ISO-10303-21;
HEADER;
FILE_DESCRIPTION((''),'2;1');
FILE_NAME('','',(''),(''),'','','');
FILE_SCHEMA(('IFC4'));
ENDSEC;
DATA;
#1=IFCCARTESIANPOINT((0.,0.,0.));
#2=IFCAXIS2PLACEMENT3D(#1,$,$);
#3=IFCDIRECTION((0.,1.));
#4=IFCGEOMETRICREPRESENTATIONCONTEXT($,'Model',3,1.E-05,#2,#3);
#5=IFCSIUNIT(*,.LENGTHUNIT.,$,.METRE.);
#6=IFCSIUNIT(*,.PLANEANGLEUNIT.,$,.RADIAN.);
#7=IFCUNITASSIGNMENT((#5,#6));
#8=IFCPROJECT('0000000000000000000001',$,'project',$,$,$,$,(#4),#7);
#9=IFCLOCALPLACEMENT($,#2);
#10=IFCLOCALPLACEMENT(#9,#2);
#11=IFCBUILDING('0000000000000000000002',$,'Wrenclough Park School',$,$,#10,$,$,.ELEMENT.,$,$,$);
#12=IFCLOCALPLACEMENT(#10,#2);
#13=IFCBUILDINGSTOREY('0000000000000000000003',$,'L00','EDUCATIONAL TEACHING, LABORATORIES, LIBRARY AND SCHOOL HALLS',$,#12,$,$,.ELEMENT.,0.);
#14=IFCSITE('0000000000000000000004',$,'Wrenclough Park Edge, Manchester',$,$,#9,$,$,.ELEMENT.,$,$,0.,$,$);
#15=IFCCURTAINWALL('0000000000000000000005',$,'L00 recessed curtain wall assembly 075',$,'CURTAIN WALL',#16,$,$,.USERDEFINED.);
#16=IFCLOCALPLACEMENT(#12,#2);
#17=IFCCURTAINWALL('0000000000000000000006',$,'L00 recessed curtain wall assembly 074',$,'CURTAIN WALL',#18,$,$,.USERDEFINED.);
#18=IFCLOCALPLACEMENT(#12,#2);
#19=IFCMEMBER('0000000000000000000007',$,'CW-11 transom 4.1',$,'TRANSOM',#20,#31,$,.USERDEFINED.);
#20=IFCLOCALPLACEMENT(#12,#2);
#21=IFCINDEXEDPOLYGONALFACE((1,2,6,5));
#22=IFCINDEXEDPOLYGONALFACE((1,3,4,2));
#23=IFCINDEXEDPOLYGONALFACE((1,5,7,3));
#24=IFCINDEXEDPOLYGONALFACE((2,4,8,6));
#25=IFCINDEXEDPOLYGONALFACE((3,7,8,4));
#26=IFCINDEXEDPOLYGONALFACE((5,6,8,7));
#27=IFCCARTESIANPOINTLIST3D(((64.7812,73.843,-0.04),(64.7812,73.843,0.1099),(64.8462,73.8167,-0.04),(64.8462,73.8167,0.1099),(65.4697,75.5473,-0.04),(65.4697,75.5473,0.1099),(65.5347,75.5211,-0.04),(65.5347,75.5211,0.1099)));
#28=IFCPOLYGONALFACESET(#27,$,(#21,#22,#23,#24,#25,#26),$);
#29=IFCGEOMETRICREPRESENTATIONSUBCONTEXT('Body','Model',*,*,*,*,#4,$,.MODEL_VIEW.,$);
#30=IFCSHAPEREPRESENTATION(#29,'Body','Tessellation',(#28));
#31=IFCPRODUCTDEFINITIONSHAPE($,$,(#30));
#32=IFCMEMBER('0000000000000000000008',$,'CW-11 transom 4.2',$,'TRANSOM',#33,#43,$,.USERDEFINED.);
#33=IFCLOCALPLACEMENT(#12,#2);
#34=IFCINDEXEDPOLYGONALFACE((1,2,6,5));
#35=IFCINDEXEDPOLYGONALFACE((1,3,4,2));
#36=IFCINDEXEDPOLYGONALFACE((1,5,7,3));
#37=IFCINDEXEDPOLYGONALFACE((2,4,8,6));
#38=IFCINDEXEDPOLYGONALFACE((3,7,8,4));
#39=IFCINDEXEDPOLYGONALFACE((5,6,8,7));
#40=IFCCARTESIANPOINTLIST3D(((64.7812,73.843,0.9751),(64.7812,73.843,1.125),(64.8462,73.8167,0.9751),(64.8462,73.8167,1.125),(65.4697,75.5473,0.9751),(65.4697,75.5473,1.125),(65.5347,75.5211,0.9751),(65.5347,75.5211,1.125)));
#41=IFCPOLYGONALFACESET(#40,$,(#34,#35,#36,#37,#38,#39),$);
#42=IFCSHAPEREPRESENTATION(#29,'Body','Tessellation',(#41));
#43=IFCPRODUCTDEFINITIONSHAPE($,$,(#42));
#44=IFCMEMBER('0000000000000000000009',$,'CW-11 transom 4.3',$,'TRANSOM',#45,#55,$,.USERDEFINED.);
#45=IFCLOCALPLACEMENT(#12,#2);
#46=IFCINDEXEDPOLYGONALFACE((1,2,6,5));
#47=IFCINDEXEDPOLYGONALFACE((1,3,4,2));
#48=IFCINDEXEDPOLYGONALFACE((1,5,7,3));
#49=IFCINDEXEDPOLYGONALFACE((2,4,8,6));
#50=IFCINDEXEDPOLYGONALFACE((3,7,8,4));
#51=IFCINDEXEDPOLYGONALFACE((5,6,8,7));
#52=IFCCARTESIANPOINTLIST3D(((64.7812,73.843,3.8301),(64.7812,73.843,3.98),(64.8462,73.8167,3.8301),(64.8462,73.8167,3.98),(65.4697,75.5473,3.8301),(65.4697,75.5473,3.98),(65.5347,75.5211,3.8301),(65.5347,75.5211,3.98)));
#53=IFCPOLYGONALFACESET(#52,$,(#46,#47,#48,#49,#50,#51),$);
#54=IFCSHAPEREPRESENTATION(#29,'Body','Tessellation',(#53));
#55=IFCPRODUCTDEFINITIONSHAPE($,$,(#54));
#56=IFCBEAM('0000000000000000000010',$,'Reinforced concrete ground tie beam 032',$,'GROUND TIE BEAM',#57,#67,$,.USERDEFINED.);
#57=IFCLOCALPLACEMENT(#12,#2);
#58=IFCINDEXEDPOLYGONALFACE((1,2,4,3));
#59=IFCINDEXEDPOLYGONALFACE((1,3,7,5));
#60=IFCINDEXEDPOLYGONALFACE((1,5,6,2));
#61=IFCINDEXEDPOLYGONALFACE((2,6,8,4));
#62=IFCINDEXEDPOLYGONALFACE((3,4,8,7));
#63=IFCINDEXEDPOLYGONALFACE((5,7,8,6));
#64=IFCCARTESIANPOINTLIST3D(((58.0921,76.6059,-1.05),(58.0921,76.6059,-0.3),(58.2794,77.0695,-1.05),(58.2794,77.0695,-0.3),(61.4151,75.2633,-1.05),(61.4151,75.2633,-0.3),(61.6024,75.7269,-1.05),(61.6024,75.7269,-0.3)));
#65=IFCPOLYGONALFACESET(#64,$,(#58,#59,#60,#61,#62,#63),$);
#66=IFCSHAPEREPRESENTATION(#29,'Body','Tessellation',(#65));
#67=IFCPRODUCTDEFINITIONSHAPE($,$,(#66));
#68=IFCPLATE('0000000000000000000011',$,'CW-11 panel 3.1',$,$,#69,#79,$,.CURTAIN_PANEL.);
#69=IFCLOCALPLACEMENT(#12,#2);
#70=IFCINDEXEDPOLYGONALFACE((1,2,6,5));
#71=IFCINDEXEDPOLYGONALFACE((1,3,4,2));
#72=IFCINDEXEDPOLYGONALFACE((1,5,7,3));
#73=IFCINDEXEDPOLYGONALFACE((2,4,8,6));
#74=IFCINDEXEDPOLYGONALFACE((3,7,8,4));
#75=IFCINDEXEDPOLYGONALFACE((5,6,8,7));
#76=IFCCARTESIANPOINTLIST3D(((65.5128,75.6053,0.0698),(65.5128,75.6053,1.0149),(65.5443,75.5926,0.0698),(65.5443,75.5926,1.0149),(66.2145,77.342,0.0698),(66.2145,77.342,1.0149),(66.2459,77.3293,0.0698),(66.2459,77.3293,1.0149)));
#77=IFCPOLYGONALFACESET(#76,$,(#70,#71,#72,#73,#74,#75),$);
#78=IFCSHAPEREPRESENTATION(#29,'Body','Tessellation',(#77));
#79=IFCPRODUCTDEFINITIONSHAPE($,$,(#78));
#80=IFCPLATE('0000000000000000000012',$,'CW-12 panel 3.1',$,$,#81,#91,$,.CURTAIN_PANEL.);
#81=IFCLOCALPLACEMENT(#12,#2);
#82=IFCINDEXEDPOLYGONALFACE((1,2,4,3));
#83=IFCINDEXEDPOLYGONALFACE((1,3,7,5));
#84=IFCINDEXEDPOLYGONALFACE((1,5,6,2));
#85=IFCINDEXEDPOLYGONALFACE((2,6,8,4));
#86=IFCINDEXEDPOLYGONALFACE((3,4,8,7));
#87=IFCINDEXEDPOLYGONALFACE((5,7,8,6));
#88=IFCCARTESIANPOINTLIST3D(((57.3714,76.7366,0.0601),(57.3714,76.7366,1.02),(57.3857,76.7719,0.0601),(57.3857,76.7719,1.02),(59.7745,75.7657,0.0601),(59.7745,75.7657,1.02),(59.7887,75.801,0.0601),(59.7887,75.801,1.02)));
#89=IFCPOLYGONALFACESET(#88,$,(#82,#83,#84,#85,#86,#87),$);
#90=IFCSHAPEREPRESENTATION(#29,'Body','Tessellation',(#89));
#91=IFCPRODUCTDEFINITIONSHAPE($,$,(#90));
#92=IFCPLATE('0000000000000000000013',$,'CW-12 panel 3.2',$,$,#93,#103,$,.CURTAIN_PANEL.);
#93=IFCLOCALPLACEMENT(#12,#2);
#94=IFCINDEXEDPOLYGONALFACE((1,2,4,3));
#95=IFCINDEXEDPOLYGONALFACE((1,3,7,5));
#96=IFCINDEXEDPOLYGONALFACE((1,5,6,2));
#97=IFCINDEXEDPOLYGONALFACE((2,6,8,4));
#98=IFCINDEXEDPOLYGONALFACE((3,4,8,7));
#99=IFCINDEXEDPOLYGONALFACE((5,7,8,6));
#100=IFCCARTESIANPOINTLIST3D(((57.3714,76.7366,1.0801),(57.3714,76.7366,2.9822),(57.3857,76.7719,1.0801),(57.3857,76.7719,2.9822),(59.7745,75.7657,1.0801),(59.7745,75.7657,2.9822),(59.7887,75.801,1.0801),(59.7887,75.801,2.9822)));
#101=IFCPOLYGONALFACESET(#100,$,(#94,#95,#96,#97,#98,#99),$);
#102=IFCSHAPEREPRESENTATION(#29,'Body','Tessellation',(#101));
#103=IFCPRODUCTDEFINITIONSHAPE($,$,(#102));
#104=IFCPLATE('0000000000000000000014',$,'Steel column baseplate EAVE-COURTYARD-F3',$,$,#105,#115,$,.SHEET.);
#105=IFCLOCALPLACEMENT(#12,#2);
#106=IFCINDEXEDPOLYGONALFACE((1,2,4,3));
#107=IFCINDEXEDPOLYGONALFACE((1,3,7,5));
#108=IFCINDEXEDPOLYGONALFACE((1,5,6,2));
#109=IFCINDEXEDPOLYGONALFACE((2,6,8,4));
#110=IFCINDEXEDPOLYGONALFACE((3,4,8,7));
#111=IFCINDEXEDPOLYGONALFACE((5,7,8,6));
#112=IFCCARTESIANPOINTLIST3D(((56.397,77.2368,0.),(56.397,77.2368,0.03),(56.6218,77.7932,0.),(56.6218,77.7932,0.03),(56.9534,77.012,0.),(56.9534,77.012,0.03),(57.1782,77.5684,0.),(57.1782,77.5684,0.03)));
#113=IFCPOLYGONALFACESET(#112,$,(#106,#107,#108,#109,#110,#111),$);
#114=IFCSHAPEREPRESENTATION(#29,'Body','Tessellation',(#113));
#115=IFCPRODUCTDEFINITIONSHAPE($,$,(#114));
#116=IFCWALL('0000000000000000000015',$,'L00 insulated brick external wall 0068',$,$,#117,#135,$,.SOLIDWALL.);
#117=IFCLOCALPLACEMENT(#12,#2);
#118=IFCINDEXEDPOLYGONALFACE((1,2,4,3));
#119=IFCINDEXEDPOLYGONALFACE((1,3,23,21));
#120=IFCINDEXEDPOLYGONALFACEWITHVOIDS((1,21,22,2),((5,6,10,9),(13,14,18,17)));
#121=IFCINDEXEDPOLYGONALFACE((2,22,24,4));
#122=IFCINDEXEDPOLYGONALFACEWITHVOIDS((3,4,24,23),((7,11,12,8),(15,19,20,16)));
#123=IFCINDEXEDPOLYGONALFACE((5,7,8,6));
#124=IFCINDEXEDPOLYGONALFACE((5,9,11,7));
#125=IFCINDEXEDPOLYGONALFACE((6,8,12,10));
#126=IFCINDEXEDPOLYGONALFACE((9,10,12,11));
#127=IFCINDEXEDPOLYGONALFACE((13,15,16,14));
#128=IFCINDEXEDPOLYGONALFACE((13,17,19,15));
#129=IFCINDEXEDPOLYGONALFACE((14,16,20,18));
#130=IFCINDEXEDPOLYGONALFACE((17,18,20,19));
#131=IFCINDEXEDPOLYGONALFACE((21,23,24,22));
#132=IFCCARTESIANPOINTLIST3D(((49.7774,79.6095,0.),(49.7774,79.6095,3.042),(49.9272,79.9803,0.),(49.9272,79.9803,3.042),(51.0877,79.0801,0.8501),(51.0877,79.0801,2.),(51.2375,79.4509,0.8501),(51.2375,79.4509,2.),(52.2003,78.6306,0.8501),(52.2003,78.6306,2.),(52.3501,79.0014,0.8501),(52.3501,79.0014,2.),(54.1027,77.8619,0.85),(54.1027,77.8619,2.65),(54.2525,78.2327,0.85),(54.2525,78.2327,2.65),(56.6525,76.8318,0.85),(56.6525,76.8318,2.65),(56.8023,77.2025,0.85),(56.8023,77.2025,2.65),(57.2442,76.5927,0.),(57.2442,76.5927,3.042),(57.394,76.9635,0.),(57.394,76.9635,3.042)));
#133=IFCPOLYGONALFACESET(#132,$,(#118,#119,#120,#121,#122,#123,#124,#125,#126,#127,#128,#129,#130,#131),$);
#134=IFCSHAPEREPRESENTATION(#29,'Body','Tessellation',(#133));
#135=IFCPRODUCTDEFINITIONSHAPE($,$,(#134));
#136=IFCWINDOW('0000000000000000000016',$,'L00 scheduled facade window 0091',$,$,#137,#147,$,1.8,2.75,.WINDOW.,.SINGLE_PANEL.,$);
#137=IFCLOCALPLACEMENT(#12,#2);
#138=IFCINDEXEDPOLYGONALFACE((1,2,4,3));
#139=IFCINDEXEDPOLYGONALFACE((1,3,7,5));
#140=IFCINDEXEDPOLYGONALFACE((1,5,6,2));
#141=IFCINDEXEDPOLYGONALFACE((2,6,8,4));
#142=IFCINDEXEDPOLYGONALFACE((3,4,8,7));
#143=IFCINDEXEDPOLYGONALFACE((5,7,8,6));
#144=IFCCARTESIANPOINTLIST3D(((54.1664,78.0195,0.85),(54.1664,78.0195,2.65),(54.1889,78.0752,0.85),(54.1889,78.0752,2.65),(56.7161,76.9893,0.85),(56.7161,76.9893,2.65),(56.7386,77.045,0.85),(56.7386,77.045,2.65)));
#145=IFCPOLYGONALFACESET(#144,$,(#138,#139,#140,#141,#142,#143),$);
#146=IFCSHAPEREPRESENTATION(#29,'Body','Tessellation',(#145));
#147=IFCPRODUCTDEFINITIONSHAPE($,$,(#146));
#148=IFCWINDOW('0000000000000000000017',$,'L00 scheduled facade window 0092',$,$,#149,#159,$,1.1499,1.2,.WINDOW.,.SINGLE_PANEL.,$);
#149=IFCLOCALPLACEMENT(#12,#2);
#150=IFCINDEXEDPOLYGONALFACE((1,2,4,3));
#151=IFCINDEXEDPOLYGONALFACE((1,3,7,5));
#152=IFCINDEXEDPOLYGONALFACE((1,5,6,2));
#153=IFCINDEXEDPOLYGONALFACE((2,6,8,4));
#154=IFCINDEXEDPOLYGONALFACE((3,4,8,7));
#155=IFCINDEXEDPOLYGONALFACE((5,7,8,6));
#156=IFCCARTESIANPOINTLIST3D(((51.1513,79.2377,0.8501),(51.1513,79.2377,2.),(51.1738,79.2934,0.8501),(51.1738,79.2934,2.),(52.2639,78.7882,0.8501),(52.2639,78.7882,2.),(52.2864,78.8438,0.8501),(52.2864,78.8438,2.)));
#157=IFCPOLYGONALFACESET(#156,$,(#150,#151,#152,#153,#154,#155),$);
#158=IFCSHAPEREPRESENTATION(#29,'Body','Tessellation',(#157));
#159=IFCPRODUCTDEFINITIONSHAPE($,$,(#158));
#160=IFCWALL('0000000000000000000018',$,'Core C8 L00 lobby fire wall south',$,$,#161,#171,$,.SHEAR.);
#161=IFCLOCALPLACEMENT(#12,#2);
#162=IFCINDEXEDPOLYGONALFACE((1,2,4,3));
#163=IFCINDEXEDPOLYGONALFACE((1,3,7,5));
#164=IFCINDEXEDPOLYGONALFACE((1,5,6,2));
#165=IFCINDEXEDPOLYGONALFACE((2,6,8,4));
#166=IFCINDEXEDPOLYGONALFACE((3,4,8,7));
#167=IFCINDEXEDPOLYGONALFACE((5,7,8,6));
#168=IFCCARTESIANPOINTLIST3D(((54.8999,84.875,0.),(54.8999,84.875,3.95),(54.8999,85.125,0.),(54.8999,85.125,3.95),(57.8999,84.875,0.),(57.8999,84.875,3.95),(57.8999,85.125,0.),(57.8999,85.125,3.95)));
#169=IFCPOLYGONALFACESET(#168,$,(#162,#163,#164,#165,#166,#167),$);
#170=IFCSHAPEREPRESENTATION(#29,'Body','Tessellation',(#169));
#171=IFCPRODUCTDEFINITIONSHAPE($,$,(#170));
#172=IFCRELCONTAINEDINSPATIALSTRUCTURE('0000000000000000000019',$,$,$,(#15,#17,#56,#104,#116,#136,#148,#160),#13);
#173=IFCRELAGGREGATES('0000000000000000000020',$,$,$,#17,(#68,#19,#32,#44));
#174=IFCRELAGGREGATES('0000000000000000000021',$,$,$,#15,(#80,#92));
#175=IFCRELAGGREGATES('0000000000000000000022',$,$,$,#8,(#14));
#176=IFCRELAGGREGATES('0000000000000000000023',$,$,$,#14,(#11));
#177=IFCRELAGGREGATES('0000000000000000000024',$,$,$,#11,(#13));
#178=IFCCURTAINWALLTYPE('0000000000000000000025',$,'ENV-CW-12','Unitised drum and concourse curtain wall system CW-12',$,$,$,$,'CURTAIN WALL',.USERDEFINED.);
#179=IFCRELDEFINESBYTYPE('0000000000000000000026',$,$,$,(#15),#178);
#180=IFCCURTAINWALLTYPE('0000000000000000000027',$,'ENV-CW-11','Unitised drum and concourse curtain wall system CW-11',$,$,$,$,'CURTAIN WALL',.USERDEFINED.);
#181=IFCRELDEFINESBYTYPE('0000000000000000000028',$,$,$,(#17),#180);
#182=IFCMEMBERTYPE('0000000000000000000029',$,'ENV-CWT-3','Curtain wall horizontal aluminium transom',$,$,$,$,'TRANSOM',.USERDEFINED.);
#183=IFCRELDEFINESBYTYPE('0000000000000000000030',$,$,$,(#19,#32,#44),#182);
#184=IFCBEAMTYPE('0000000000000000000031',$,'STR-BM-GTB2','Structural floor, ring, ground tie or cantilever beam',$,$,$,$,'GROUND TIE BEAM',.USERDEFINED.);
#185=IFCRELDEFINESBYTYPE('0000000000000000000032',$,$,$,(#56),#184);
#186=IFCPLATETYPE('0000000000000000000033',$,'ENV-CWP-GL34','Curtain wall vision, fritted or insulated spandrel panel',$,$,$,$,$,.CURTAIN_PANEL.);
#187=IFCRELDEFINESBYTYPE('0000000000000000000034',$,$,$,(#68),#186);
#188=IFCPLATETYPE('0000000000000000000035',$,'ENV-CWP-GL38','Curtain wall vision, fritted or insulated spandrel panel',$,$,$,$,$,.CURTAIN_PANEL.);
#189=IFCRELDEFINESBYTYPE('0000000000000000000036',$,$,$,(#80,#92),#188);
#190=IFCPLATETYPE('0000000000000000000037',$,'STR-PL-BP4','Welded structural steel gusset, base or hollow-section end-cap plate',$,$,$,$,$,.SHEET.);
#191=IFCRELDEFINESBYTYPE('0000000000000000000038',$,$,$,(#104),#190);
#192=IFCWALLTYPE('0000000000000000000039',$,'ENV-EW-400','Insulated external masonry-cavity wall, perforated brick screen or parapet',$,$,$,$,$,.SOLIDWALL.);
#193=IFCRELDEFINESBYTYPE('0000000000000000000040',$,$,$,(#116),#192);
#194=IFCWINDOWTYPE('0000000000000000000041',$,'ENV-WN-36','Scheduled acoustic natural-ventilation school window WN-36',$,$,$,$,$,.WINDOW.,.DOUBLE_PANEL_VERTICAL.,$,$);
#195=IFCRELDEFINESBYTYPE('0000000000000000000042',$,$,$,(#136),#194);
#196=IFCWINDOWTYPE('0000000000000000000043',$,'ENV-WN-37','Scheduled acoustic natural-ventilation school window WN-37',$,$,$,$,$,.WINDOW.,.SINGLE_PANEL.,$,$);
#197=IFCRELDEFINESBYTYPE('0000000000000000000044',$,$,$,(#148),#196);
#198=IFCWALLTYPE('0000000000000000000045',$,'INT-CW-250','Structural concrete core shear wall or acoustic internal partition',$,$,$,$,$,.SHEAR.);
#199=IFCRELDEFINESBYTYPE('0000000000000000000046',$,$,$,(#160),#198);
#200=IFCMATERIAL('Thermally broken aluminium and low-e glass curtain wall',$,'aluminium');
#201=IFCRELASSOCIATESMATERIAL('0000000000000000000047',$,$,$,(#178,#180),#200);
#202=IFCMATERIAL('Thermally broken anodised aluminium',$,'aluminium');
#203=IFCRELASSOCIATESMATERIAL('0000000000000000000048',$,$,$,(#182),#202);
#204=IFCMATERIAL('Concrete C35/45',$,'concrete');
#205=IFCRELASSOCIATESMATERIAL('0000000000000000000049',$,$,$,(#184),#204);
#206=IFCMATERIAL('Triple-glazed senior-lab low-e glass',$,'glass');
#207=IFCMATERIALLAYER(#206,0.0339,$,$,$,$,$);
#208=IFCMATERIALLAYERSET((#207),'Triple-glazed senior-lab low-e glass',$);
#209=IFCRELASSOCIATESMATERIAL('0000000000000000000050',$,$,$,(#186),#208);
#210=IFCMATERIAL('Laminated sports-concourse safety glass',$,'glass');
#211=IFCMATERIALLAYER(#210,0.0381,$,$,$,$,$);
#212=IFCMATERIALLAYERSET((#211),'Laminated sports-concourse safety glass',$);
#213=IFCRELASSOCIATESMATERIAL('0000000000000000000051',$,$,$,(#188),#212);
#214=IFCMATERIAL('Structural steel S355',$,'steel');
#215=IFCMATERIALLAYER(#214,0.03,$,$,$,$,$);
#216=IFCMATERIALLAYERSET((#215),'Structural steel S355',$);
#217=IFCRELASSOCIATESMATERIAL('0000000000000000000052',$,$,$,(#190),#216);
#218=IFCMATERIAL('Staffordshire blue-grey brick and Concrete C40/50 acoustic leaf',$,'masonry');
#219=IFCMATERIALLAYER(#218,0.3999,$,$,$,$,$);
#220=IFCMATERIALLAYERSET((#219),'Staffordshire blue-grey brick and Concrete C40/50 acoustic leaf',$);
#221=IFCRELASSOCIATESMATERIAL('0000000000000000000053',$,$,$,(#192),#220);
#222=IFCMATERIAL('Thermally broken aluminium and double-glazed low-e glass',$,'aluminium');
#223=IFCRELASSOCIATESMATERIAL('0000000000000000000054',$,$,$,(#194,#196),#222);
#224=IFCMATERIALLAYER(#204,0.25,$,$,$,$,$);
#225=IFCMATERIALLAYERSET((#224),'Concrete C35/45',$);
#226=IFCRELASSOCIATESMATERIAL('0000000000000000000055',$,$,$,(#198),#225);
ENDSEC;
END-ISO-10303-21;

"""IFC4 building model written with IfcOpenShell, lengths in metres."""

from ifc_helpers import new_model, si_unit, direction, frame, frame_2d, origin, origin_2d, place, context, subcontext, project, spatial, rectangle, extrude, material, layer, layer_set, material_profile, profile_set, type_object, element, fill, aggregate, save


model = new_model("IFC4")

# Units and contexts
model_context = context("Model", 3, precision=1e-05, world=origin(), true_north=direction((0.0, 1.0)))
body_context = subcontext(model_context, "Body", "Model", "MODEL_VIEW")
ifc_project = project(units=[si_unit("LENGTHUNIT", "METRE"), si_unit("PLANEANGLEUNIT", "RADIAN")], contexts=[model_context])

# Site, building, storey
site_placement = place(None, origin())
site = spatial("IfcSite", under=ifc_project, at=site_placement, Name="Wrenclough Park Edge, Manchester", CompositionType="ELEMENT", RefElevation=0.0)
building_placement = place(site_placement, origin())
building = spatial("IfcBuilding", under=site, at=building_placement, Name="Wrenclough Park School", CompositionType="ELEMENT")
storey_placement = place(building_placement, origin())
storey = spatial("IfcBuildingStorey", under=building, at=storey_placement, Name="L00", Description="EDUCATIONAL TEACHING, LABORATORIES, LIBRARY AND SCHOOL HALLS", CompositionType="ELEMENT", Elevation=0.0)

# Shared definitions
ifc_material_1 = material(Name="Concrete C35/45", Category="concrete")

# Shared definitions
ifc_material_2 = material(Name="Structural steel S355", Category="steel")

# Curtain wall
ifc_material_3 = material(Name="Thermally broken aluminium and low-e glass curtain wall", Category="aluminium")
curtain_wall_type_1 = type_object("IfcCurtainWallType", Name="ENV-CW-12", Description="Unitised drum and concourse curtain wall system CW-12", ElementType="CURTAIN WALL", PredefinedType="USERDEFINED", material=ifc_material_3)
curtain_wall_1_placement = place(storey_placement, origin())
curtain_wall_1 = element("IfcCurtainWall", 1, at=curtain_wall_1_placement, inside=storey, type_object=curtain_wall_type_1, Name="L00 recessed curtain wall assembly 075", ObjectType="CURTAIN WALL", PredefinedType="USERDEFINED")
ifc_material_4 = material(Name="Thermally broken anodised aluminium", Category="aluminium")

# Curtain wall
curtain_wall_type_2 = type_object("IfcCurtainWallType", Name="ENV-CW-11", Description="Unitised drum and concourse curtain wall system CW-11", ElementType="CURTAIN WALL", PredefinedType="USERDEFINED", material=ifc_material_3)
curtain_wall_2_placement = place(storey_placement, origin())
curtain_wall_2 = element("IfcCurtainWall", 2, at=curtain_wall_2_placement, inside=storey, type_object=curtain_wall_type_2, Name="L00 recessed curtain wall assembly 074", ObjectType="CURTAIN WALL", PredefinedType="USERDEFINED")

# Members
ifc_material_profile_1 = material_profile(ifc_material_4, rectangle(XDim=0.0701, YDim=0.1499, at=origin_2d()), Name="AL TRANSOM 70x150")
ifc_profile_set_1 = profile_set([ifc_material_profile_1], Name="Thermally broken anodised aluminium")
member_type_1 = type_object("IfcMemberType", Name="ENV-CWT-3", Description="Curtain wall horizontal aluminium transom", ElementType="TRANSOM", PredefinedType="USERDEFINED", material=ifc_profile_set_1)
member_1_placement = place(storey_placement, frame((65.5022, 75.5342, 0.0349), z_axis=(-0.374549, -0.927207, 0.0), x_axis=(0.927207, -0.374549, 0.0)))
member_1 = element("IfcMember", 3, at=member_1_placement, type_object=member_type_1, Name="CW-11 transom 4.1", ObjectType="TRANSOM", PredefinedType="USERDEFINED", context=body_context, shape_type="SweptSolid", body=[
    extrude(rectangle(XDim=0.0701, YDim=0.1499, at=origin_2d()), origin(), (0.0, 0.0, 1.0), 1.8381),
])
member_2_placement = place(storey_placement, frame((65.5022, 75.5342, 1.05), z_axis=(-0.374549, -0.927207, 0.0), x_axis=(0.927207, -0.374549, 0.0)))
member_2 = element("IfcMember", 4, at=member_2_placement, type_object=member_type_1, Name="CW-11 transom 4.2", ObjectType="TRANSOM", PredefinedType="USERDEFINED", context=body_context, shape_type="SweptSolid", body=[
    extrude(rectangle(XDim=0.0701, YDim=0.1499, at=origin_2d()), origin(), (0.0, 0.0, 1.0), 1.8381),
])
member_3_placement = place(storey_placement, frame((65.5022, 75.5342, 3.905), z_axis=(-0.374549, -0.927207, 0.0), x_axis=(0.927207, -0.374549, 0.0)))
member_3 = element("IfcMember", 5, at=member_3_placement, type_object=member_type_1, Name="CW-11 transom 4.3", ObjectType="TRANSOM", PredefinedType="USERDEFINED", context=body_context, shape_type="SweptSolid", body=[
    extrude(rectangle(XDim=0.0701, YDim=0.1499, at=origin_2d()), origin(), (0.0, 0.0, 1.0), 1.8381),
])

# Beam
ifc_material_profile_2 = material_profile(ifc_material_1, rectangle(XDim=0.5, YDim=0.75, at=origin_2d()), Name="RC GROUND 500x750")
ifc_profile_set_2 = profile_set([ifc_material_profile_2], Name="Concrete C35/45")
beam_type = type_object("IfcBeamType", Name="STR-BM-GTB2", Description="Structural floor, ring, ground tie or cantilever beam", ElementType="GROUND TIE BEAM", PredefinedType="USERDEFINED", material=ifc_profile_set_2)
beam_placement = place(storey_placement, frame((61.5088, 75.4951, -0.675), z_axis=(-0.927189, 0.374595, 0.0), x_axis=(-0.374595, -0.927189, 0.0)))
element("IfcBeam", 6, at=beam_placement, inside=storey, type_object=beam_type, Name="Reinforced concrete ground tie beam 032", ObjectType="GROUND TIE BEAM", PredefinedType="USERDEFINED", context=body_context, shape_type="SweptSolid", body=[
    extrude(rectangle(XDim=0.5, YDim=0.75, at=origin_2d()), origin(), (0.0, 0.0, 1.0), 3.584),
])

# Plates
ifc_material_5 = material(Name="Triple-glazed senior-lab low-e glass", Category="glass")
ifc_layer_1 = layer(ifc_material_5, 0.0339)
ifc_layer_set_1 = layer_set([ifc_layer_1], Name="Triple-glazed senior-lab low-e glass")
plate_type_1 = type_object("IfcPlateType", Name="ENV-CWP-GL34", Description="Curtain wall vision, fritted or insulated spandrel panel", PredefinedType="CURTAIN_PANEL", material=ifc_layer_set_1)
plate_1_placement = place(storey_placement, frame((65.8794, 76.4673, 0.0698), z_axis=(0.0, 0.0, 1.0), x_axis=(-0.374601, -0.927186, 0.0)))
plate_1 = element("IfcPlate", 7, at=plate_1_placement, type_object=plate_type_1, Name="CW-11 panel 3.1", PredefinedType="CURTAIN_PANEL", context=body_context, shape_type="SweptSolid", body=[
    extrude(rectangle(XDim=1.873, YDim=0.0339, at=origin_2d()), origin(), (0.0, 0.0, 1.0), 0.9451),
])
aggregate(curtain_wall_2, [plate_1, member_1, member_2, member_3])
ifc_material_6 = material(Name="Laminated sports-concourse safety glass", Category="glass")
ifc_layer_2 = layer(ifc_material_6, 0.0381)
ifc_layer_set_2 = layer_set([ifc_layer_2], Name="Laminated sports-concourse safety glass")
plate_type_2 = type_object("IfcPlateType", Name="ENV-CWP-GL38", Description="Curtain wall vision, fritted or insulated spandrel panel", PredefinedType="CURTAIN_PANEL", material=ifc_layer_set_2)
plate_2_placement = place(storey_placement, frame((58.5801, 76.2688, 0.0601), z_axis=(0.0, 0.0, 1.0), x_axis=(-0.927185, 0.374603, 0.0)))
plate_2 = element("IfcPlate", 8, at=plate_2_placement, type_object=plate_type_2, Name="CW-12 panel 3.1", PredefinedType="CURTAIN_PANEL", context=body_context, shape_type="SweptSolid", body=[
    extrude(rectangle(XDim=2.5918, YDim=0.0381, at=origin_2d()), origin(), (0.0, 0.0, 1.0), 0.96),
])
plate_3_placement = place(storey_placement, frame((58.5801, 76.2688, 1.0801), z_axis=(0.0, 0.0, 1.0), x_axis=(-0.927185, 0.374603, 0.0)))
plate_3 = element("IfcPlate", 9, at=plate_3_placement, type_object=plate_type_2, Name="CW-12 panel 3.2", PredefinedType="CURTAIN_PANEL", context=body_context, shape_type="SweptSolid", body=[
    extrude(rectangle(XDim=2.5918, YDim=0.0381, at=origin_2d()), origin(), (0.0, 0.0, 1.0), 1.9021),
])
aggregate(curtain_wall_1, [plate_2, plate_3])
ifc_layer_3 = layer(ifc_material_2, 0.03)
ifc_layer_set_3 = layer_set([ifc_layer_3], Name="Structural steel S355")
plate_type_3 = type_object("IfcPlateType", Name="STR-PL-BP4", Description="Welded structural steel gusset, base or hollow-section end-cap plate", PredefinedType="SHEET", material=ifc_layer_set_3)
plate_4_placement = place(storey_placement, frame((56.7876, 77.4026, 0.0), z_axis=(0.0, 0.0, 1.0), x_axis=(0.927184, -0.374607, 0.0)))
element("IfcPlate", 10, at=plate_4_placement, inside=storey, type_object=plate_type_3, Name="Steel column baseplate EAVE-COURTYARD-F3", PredefinedType="SHEET", context=body_context, shape_type="SweptSolid", body=[
    extrude(rectangle(XDim=0.6001, YDim=0.6001, at=origin_2d()), origin(), (0.0, 0.0, 1.0), 0.03),
])

# Wall, openings, windows
ifc_material_7 = material(Name="Staffordshire blue-grey brick and Concrete C40/50 acoustic leaf", Category="masonry")
ifc_layer_4 = layer(ifc_material_7, 0.3999)
ifc_layer_set_4 = layer_set([ifc_layer_4], Name="Staffordshire blue-grey brick and Concrete C40/50 acoustic leaf")
wall_type_1 = type_object("IfcWallType", Name="ENV-EW-400", Description="Insulated external masonry-cavity wall, perforated brick screen or parapet", PredefinedType="SOLIDWALL", material=ifc_layer_set_4)
wall_1_placement = place(storey_placement, frame((57.3191, 76.7781, 0.0), z_axis=(0.0, 0.0, 1.0), x_axis=(-0.927181, 0.374613, 0.0)))
wall_1 = element("IfcWall", 11, at=wall_1_placement, inside=storey, type_object=wall_type_1, Name="L00 insulated brick external wall 0068", PredefinedType="SOLIDWALL", context=body_context, shape_type="SweptSolid", body=[
    extrude(rectangle(XDim=8.0532, YDim=0.3999, at=frame_2d((4.0266, 0.0))), origin(), (0.0, 0.0, 1.0), 3.042),
])
opening_1_placement = place(wall_1_placement, frame((0.6382, 0.0, 0.8501)))
opening_1 = element("IfcOpeningElement", 12, at=opening_1_placement, cuts=wall_1, PredefinedType="OPENING", context=body_context, shape_type="SweptSolid", body=[
    extrude(rectangle(XDim=2.75, YDim=1.8, at=frame_2d((1.375, 0.8999))), frame((0.0, 0.21, 0.0), z_axis=(0.0, -1.0, 0.0), x_axis=(1.0, 0.0, 0.0)), (0.0, 0.0, 1.0), 0.4199),
])
opening_2_placement = place(wall_1_placement, frame((5.4399, 0.0, 0.8501)))
opening_2 = element("IfcOpeningElement", 13, at=opening_2_placement, cuts=wall_1, PredefinedType="OPENING", context=body_context, shape_type="SweptSolid", body=[
    extrude(rectangle(XDim=1.2, YDim=1.1499, at=frame_2d((0.6001, 0.575))), frame((0.0, 0.21, 0.0), z_axis=(0.0, -1.0, 0.0), x_axis=(1.0, 0.0, 0.0)), (0.0, 0.0, 1.0), 0.4199),
])
ifc_material_8 = material(Name="Thermally broken aluminium and double-glazed low-e glass", Category="aluminium")
window_type_1 = type_object("IfcWindowType", Name="ENV-WN-36", Description="Scheduled acoustic natural-ventilation school window WN-36", PartitioningType="DOUBLE_PANEL_VERTICAL", PredefinedType="WINDOW", material=ifc_material_8)
window_1_placement = place(opening_1_placement, origin())
window_1 = element("IfcWindow", 14, at=window_1_placement, inside=storey, type_object=window_type_1, Name="L00 scheduled facade window 0091", OverallHeight=1.8, OverallWidth=2.75, PartitioningType="SINGLE_PANEL", PredefinedType="WINDOW", context=body_context, shape_type="SweptSolid", body=[
    extrude(rectangle(XDim=2.75, YDim=1.8, at=frame_2d((1.375, 0.8999))), frame((0.0, 0.03, 0.0), z_axis=(0.0, -1.0, 0.0), x_axis=(1.0, 0.0, 0.0)), (0.0, 0.0, 1.0), 0.0601),
])
fill(opening_1, window_1)
window_type_2 = type_object("IfcWindowType", Name="ENV-WN-37", Description="Scheduled acoustic natural-ventilation school window WN-37", PartitioningType="SINGLE_PANEL", PredefinedType="WINDOW", material=ifc_material_8)
window_2_placement = place(opening_2_placement, origin())
window_2 = element("IfcWindow", 15, at=window_2_placement, inside=storey, type_object=window_type_2, Name="L00 scheduled facade window 0092", OverallHeight=1.1499, OverallWidth=1.2, PartitioningType="SINGLE_PANEL", PredefinedType="WINDOW", context=body_context, shape_type="SweptSolid", body=[
    extrude(rectangle(XDim=1.2, YDim=1.1499, at=frame_2d((0.6001, 0.575))), frame((0.0, 0.03, 0.0), z_axis=(0.0, -1.0, 0.0), x_axis=(1.0, 0.0, 0.0)), (0.0, 0.0, 1.0), 0.0601),
])
fill(opening_2, window_2)

# Wall
ifc_layer_5 = layer(ifc_material_1, 0.25)
ifc_layer_set_5 = layer_set([ifc_layer_5], Name="Concrete C35/45")
wall_type_2 = type_object("IfcWallType", Name="INT-CW-250", Description="Structural concrete core shear wall or acoustic internal partition", PredefinedType="SHEAR", material=ifc_layer_set_5)
wall_2_placement = place(storey_placement, frame((54.8999, 85.0, 0.0), z_axis=(0.0, 0.0, 1.0), x_axis=(1.0, 0.0, 0.0)))
element("IfcWall", 16, at=wall_2_placement, inside=storey, type_object=wall_type_2, Name="Core C8 L00 lobby fire wall south", PredefinedType="SHEAR", context=body_context, shape_type="SweptSolid", body=[
    extrude(rectangle(XDim=3.0, YDim=0.25, at=frame_2d((1.5, 0.0))), origin(), (0.0, 0.0, 1.0), 3.95),
])

save(model, "model.ifc")
